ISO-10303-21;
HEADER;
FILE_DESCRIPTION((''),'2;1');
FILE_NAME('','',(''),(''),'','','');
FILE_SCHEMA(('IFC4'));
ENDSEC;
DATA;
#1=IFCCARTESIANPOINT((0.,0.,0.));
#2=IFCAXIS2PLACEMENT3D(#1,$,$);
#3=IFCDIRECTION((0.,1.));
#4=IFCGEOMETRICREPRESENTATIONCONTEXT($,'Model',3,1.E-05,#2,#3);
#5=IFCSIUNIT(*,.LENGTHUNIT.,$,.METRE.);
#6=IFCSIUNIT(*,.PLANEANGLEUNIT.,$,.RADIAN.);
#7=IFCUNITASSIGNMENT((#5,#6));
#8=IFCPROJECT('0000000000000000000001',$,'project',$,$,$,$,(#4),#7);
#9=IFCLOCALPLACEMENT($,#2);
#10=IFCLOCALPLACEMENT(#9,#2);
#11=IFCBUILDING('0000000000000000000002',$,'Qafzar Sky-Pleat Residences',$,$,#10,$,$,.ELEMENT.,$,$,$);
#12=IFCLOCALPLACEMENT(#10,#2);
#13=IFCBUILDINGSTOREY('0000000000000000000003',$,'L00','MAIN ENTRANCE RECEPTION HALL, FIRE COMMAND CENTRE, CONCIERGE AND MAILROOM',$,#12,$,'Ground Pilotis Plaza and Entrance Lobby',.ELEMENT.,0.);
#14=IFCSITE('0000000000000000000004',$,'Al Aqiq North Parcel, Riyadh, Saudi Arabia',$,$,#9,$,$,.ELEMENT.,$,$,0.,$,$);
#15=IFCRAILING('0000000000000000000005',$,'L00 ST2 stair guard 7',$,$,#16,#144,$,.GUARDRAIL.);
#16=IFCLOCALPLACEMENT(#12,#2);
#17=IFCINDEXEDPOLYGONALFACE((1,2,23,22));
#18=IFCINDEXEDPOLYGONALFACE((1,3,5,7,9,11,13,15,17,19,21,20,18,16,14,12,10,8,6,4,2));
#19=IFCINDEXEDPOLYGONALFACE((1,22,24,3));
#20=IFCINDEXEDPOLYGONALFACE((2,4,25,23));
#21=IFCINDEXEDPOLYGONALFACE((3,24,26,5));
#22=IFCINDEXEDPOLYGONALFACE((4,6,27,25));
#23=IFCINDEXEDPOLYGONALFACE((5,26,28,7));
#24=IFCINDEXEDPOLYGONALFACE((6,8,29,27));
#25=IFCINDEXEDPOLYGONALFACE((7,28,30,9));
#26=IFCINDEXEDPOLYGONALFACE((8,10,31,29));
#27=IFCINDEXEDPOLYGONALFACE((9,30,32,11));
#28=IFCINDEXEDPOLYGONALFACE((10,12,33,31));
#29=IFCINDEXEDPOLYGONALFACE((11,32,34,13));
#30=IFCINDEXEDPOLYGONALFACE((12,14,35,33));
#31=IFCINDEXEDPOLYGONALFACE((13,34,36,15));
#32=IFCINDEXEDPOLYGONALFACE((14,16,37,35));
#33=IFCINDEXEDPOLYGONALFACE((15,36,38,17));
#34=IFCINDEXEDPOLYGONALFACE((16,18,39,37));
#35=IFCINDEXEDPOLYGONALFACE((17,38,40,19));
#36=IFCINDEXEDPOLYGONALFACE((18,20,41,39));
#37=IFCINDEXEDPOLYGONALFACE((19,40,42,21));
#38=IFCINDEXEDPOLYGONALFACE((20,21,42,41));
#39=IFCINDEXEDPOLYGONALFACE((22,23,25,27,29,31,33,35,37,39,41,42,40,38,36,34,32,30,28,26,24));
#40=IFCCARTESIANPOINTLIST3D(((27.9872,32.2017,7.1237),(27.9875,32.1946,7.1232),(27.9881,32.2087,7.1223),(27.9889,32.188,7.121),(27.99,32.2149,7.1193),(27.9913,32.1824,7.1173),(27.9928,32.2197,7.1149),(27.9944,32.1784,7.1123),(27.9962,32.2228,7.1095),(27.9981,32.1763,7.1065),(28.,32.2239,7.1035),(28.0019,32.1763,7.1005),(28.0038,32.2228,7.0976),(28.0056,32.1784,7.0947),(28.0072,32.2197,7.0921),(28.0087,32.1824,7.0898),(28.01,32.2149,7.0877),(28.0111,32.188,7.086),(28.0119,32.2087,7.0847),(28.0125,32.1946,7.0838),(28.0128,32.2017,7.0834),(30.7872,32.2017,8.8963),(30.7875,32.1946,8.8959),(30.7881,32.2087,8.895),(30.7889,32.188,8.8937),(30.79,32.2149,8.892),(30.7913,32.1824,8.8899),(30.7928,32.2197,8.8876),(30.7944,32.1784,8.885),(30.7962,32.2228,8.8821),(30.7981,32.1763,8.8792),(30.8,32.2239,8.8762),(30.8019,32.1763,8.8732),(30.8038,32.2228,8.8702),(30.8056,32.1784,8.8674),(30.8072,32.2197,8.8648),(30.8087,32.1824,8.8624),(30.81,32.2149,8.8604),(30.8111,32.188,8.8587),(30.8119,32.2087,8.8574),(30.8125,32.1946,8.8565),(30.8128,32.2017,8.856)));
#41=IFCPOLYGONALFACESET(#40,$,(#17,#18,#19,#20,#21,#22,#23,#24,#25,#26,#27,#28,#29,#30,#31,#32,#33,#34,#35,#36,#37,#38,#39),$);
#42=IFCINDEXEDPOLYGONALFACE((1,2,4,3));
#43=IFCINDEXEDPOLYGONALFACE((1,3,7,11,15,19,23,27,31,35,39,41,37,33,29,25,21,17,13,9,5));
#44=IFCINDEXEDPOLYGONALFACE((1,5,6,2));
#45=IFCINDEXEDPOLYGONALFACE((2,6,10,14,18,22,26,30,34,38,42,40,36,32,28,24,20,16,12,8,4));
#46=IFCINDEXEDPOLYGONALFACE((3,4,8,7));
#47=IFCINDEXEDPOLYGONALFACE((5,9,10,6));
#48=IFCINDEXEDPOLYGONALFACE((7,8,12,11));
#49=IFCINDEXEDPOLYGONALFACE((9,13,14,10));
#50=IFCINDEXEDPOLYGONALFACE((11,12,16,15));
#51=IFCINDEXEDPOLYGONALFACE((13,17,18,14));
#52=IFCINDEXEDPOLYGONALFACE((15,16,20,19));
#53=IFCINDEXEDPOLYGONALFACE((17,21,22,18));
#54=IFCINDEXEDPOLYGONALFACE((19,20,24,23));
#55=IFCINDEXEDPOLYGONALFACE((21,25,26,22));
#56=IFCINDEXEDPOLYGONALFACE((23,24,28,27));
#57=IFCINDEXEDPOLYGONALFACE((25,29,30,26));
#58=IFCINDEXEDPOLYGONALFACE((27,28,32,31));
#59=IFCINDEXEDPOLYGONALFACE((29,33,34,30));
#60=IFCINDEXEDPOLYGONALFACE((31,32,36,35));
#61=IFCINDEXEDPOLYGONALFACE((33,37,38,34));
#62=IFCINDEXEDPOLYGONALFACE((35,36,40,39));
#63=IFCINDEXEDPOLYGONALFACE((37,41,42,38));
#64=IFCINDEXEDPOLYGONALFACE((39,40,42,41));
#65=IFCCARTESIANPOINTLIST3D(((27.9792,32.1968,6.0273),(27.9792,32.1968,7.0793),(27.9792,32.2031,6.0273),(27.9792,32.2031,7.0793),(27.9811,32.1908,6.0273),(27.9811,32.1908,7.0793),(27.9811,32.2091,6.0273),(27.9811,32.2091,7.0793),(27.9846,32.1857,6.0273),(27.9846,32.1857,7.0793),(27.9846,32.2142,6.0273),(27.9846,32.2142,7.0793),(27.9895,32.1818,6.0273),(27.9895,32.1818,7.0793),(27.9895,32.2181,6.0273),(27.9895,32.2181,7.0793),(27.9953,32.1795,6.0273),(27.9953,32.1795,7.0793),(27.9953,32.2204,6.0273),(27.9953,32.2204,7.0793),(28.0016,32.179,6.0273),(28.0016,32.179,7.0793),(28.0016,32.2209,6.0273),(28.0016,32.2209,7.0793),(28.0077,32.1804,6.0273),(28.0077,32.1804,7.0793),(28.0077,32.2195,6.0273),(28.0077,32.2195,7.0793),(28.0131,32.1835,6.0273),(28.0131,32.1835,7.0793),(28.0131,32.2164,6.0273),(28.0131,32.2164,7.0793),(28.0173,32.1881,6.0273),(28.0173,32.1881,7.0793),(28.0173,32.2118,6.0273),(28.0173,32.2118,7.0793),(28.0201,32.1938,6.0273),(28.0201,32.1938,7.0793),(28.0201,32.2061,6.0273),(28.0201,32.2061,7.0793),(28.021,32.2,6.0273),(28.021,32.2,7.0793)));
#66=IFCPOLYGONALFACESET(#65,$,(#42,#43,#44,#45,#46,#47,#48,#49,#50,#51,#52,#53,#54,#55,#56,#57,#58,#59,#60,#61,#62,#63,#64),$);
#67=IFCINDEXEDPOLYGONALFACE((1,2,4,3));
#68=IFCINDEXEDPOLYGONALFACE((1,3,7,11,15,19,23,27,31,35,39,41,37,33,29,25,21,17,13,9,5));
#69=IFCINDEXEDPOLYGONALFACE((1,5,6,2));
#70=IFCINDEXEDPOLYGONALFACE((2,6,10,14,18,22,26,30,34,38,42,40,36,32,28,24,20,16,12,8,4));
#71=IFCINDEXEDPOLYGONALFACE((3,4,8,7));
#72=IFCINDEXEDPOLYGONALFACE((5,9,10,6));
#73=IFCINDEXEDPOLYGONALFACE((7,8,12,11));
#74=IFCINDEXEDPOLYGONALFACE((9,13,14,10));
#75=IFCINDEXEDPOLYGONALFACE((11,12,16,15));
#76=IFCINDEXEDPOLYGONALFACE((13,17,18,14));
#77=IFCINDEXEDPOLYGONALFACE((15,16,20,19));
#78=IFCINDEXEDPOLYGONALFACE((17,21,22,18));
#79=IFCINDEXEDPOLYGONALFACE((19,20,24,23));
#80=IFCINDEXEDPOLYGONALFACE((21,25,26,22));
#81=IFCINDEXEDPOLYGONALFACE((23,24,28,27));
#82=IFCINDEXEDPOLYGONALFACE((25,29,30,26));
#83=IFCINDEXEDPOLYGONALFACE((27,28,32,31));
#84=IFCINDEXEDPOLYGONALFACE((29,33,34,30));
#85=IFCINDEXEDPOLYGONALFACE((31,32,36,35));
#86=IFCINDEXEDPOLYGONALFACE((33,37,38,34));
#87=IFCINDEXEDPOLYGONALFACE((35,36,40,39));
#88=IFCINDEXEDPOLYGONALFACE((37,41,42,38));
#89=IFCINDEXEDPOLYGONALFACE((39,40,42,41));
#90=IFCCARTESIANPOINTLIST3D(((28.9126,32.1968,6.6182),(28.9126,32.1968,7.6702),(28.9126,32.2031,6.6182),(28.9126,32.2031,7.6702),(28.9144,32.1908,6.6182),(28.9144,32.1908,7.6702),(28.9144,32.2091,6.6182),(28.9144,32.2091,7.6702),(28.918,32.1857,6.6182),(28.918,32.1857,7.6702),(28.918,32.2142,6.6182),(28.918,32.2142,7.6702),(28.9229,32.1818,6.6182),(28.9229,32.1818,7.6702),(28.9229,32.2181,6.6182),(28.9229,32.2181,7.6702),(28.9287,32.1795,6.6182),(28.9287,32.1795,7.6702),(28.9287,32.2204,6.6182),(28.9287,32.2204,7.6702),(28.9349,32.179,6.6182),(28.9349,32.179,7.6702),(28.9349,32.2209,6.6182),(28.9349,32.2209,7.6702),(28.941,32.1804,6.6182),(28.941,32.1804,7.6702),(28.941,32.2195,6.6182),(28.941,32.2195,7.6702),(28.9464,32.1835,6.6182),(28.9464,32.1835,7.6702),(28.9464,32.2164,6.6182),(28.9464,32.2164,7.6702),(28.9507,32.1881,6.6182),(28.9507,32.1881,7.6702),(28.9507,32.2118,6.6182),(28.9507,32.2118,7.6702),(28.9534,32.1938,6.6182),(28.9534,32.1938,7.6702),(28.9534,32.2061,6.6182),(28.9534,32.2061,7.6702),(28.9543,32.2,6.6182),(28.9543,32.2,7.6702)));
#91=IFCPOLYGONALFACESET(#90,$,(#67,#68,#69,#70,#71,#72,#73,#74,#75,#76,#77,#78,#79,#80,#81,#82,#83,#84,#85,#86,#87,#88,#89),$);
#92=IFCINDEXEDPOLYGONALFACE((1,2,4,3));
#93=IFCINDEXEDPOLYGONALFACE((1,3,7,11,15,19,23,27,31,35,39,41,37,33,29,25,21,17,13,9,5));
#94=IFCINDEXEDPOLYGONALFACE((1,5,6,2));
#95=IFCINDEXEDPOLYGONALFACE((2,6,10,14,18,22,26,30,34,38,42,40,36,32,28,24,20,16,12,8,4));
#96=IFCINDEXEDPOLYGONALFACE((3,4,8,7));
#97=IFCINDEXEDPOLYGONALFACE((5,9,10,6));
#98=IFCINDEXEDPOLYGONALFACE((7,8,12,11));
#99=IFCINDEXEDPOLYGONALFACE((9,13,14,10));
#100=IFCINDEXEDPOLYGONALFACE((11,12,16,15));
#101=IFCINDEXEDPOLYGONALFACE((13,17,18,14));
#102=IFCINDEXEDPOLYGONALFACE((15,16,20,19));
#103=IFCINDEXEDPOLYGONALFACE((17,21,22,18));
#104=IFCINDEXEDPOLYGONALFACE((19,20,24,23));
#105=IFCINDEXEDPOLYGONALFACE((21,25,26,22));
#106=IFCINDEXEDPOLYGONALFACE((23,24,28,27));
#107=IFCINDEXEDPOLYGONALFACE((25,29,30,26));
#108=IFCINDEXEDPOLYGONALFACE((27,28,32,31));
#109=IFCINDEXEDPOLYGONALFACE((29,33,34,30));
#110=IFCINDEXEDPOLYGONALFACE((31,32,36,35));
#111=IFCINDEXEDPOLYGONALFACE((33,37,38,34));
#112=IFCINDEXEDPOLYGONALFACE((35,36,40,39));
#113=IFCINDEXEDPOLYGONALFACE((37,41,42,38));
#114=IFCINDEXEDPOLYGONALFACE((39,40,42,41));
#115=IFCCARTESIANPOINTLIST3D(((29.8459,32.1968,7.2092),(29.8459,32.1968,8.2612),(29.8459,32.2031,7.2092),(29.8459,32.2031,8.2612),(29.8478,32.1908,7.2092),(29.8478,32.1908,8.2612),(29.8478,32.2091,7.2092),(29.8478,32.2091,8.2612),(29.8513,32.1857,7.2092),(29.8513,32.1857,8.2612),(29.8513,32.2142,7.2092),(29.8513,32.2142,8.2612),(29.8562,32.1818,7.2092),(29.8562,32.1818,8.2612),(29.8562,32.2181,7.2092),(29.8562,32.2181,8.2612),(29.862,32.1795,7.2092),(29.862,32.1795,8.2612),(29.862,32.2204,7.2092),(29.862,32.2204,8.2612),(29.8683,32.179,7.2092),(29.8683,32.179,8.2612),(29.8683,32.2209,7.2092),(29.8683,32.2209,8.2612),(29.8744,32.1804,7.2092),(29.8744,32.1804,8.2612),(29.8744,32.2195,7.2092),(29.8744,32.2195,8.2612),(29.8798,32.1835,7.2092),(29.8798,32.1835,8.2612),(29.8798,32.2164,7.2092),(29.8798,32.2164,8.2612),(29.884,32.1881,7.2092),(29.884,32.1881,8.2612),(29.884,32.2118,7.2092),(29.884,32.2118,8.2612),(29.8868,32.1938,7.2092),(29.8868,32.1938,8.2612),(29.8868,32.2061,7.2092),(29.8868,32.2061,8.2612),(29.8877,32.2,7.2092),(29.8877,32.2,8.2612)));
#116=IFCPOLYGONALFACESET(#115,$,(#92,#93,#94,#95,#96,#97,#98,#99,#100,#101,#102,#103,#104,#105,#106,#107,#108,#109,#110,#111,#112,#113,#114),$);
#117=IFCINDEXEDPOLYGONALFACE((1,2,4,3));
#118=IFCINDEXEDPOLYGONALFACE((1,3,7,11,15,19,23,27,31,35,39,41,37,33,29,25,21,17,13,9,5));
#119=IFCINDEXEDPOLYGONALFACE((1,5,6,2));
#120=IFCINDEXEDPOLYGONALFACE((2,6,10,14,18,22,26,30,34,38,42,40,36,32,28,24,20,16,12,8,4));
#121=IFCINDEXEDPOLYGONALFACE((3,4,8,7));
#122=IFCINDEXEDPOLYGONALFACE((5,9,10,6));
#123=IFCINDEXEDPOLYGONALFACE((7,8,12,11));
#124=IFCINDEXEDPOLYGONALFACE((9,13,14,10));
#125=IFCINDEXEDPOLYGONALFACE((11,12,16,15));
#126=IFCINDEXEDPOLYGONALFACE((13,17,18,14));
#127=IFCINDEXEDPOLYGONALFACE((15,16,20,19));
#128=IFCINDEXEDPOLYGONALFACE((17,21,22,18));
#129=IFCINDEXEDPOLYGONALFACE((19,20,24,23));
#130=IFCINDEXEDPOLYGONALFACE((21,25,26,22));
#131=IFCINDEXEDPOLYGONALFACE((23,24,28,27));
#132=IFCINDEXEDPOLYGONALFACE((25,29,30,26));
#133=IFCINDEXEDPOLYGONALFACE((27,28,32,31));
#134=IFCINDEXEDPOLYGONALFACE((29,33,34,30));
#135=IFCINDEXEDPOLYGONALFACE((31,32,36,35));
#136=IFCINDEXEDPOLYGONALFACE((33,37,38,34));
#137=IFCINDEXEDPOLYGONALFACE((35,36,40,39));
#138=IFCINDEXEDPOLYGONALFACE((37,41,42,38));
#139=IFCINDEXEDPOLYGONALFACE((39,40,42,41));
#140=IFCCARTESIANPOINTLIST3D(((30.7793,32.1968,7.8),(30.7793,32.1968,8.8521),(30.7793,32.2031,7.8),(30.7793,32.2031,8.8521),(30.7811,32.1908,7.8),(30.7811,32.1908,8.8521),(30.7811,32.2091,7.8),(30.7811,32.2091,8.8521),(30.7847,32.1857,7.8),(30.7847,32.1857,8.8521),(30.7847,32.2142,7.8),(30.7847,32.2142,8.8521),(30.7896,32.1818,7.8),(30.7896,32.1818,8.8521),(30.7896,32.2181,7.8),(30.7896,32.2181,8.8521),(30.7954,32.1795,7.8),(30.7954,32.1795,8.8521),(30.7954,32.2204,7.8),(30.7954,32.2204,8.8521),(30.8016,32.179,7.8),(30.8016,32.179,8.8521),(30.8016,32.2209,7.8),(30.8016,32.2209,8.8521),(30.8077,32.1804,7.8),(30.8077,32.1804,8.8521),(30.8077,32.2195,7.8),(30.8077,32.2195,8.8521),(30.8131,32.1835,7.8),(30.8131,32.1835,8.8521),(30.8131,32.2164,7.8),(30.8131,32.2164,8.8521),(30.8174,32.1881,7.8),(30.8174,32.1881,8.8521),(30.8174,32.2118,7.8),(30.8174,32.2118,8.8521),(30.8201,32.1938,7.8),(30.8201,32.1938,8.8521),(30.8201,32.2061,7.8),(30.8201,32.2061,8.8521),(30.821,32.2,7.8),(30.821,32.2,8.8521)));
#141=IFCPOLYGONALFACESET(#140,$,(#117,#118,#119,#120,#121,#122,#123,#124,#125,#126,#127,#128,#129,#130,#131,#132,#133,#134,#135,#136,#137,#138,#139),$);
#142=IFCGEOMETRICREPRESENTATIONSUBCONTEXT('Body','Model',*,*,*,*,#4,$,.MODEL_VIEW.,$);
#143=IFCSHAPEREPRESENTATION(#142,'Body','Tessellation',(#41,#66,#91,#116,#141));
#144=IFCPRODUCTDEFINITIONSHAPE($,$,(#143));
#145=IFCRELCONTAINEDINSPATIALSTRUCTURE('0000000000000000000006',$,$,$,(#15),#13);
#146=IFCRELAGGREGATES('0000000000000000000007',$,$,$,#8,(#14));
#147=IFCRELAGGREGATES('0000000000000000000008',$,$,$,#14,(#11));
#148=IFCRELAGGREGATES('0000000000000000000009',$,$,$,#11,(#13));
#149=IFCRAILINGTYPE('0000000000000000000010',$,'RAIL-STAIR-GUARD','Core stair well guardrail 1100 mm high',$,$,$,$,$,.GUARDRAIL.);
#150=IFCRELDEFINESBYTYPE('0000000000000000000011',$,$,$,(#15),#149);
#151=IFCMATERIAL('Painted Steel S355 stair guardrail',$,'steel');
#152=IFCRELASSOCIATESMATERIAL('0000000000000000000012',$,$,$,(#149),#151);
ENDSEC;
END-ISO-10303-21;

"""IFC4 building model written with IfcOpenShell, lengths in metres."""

from ifc_helpers import new_model, si_unit, direction, frame, origin, origin_2d, place, context, subcontext, project, spatial, circle, extrude, source, transform, mapped, material, type_object, element, save


model = new_model("IFC4")

# Units and contexts
model_context = context("Model", 3, precision=1e-05, world=origin(), true_north=direction((0.0, 1.0)))
body_context = subcontext(model_context, "Body", "Model", "MODEL_VIEW")
ifc_project = project(units=[si_unit("LENGTHUNIT", "METRE"), si_unit("PLANEANGLEUNIT", "RADIAN")], contexts=[model_context])

# Site, building, storey
site_placement = place(None, origin())
site = spatial("IfcSite", under=ifc_project, at=site_placement, Name="Al Aqiq North Parcel, Riyadh, Saudi Arabia", CompositionType="ELEMENT", RefElevation=0.0)
building_placement = place(site_placement, origin())
building = spatial("IfcBuilding", under=site, at=building_placement, Name="Qafzar Sky-Pleat Residences", CompositionType="ELEMENT")
storey_placement = place(building_placement, origin())
storey = spatial("IfcBuildingStorey", under=building, at=storey_placement, Name="L00", Description="MAIN ENTRANCE RECEPTION HALL, FIRE COMMAND CENTRE, CONCIERGE AND MAILROOM", LongName="Ground Pilotis Plaza and Entrance Lobby", CompositionType="ELEMENT", Elevation=0.0)

# Railing
ifc_material_1 = material(Name="Painted Steel S355 stair guardrail", Category="steel")
railing_type_1 = type_object("IfcRailingType", Name="RAIL-STAIR-GUARD", Description="Core stair well guardrail 1100 mm high", PredefinedType="GUARDRAIL", material=ifc_material_1)
shared_shape_1 = source(origin(), body_context, "Body", "SweptSolid", [
    extrude(circle(Radius=0.0239, at=origin_2d()), frame((0.0, 0.0, 1.0762), z_axis=(0.844909, 0.0, 0.53491), x_axis=(0.0, 1.0, 0.0)), (0.0, 0.0, 1.0), 3.314),
    extrude(circle(Radius=0.021, at=origin_2d()), origin(), (0.0, 0.0, 1.0), 1.052),
    extrude(circle(Radius=0.021, at=origin_2d()), frame((0.9333, 0.0, 0.5908)), (0.0, 0.0, 1.0), 1.052),
    extrude(circle(Radius=0.021, at=origin_2d()), frame((1.8667, 0.0, 1.1819)), (0.0, 0.0, 1.0), 1.052),
    extrude(circle(Radius=0.021, at=origin_2d()), frame((2.8, 0.0, 1.7727)), (0.0, 0.0, 1.0), 1.052),
])
for number, where, name in (
    (1, (28.0, 32.2, 6.0273), "L00 ST2 stair guard 7"),
):
    element("IfcRailing", number, at=place(storey_placement, frame(where)), inside=storey, type_object=railing_type_1, Name=name, PredefinedType="GUARDRAIL", context=body_context, shape_type="MappedRepresentation", body=[
        mapped(shared_shape_1, transform((0.0, 0.0, 0.0), x_axis=(1.0, 0.0, 0.0), y_axis=(0.0, 1.0, 0.0), z_axis=(0.0, 0.0, 1.0), scale=1.0)),
    ])

save(model, "model.ifc")
